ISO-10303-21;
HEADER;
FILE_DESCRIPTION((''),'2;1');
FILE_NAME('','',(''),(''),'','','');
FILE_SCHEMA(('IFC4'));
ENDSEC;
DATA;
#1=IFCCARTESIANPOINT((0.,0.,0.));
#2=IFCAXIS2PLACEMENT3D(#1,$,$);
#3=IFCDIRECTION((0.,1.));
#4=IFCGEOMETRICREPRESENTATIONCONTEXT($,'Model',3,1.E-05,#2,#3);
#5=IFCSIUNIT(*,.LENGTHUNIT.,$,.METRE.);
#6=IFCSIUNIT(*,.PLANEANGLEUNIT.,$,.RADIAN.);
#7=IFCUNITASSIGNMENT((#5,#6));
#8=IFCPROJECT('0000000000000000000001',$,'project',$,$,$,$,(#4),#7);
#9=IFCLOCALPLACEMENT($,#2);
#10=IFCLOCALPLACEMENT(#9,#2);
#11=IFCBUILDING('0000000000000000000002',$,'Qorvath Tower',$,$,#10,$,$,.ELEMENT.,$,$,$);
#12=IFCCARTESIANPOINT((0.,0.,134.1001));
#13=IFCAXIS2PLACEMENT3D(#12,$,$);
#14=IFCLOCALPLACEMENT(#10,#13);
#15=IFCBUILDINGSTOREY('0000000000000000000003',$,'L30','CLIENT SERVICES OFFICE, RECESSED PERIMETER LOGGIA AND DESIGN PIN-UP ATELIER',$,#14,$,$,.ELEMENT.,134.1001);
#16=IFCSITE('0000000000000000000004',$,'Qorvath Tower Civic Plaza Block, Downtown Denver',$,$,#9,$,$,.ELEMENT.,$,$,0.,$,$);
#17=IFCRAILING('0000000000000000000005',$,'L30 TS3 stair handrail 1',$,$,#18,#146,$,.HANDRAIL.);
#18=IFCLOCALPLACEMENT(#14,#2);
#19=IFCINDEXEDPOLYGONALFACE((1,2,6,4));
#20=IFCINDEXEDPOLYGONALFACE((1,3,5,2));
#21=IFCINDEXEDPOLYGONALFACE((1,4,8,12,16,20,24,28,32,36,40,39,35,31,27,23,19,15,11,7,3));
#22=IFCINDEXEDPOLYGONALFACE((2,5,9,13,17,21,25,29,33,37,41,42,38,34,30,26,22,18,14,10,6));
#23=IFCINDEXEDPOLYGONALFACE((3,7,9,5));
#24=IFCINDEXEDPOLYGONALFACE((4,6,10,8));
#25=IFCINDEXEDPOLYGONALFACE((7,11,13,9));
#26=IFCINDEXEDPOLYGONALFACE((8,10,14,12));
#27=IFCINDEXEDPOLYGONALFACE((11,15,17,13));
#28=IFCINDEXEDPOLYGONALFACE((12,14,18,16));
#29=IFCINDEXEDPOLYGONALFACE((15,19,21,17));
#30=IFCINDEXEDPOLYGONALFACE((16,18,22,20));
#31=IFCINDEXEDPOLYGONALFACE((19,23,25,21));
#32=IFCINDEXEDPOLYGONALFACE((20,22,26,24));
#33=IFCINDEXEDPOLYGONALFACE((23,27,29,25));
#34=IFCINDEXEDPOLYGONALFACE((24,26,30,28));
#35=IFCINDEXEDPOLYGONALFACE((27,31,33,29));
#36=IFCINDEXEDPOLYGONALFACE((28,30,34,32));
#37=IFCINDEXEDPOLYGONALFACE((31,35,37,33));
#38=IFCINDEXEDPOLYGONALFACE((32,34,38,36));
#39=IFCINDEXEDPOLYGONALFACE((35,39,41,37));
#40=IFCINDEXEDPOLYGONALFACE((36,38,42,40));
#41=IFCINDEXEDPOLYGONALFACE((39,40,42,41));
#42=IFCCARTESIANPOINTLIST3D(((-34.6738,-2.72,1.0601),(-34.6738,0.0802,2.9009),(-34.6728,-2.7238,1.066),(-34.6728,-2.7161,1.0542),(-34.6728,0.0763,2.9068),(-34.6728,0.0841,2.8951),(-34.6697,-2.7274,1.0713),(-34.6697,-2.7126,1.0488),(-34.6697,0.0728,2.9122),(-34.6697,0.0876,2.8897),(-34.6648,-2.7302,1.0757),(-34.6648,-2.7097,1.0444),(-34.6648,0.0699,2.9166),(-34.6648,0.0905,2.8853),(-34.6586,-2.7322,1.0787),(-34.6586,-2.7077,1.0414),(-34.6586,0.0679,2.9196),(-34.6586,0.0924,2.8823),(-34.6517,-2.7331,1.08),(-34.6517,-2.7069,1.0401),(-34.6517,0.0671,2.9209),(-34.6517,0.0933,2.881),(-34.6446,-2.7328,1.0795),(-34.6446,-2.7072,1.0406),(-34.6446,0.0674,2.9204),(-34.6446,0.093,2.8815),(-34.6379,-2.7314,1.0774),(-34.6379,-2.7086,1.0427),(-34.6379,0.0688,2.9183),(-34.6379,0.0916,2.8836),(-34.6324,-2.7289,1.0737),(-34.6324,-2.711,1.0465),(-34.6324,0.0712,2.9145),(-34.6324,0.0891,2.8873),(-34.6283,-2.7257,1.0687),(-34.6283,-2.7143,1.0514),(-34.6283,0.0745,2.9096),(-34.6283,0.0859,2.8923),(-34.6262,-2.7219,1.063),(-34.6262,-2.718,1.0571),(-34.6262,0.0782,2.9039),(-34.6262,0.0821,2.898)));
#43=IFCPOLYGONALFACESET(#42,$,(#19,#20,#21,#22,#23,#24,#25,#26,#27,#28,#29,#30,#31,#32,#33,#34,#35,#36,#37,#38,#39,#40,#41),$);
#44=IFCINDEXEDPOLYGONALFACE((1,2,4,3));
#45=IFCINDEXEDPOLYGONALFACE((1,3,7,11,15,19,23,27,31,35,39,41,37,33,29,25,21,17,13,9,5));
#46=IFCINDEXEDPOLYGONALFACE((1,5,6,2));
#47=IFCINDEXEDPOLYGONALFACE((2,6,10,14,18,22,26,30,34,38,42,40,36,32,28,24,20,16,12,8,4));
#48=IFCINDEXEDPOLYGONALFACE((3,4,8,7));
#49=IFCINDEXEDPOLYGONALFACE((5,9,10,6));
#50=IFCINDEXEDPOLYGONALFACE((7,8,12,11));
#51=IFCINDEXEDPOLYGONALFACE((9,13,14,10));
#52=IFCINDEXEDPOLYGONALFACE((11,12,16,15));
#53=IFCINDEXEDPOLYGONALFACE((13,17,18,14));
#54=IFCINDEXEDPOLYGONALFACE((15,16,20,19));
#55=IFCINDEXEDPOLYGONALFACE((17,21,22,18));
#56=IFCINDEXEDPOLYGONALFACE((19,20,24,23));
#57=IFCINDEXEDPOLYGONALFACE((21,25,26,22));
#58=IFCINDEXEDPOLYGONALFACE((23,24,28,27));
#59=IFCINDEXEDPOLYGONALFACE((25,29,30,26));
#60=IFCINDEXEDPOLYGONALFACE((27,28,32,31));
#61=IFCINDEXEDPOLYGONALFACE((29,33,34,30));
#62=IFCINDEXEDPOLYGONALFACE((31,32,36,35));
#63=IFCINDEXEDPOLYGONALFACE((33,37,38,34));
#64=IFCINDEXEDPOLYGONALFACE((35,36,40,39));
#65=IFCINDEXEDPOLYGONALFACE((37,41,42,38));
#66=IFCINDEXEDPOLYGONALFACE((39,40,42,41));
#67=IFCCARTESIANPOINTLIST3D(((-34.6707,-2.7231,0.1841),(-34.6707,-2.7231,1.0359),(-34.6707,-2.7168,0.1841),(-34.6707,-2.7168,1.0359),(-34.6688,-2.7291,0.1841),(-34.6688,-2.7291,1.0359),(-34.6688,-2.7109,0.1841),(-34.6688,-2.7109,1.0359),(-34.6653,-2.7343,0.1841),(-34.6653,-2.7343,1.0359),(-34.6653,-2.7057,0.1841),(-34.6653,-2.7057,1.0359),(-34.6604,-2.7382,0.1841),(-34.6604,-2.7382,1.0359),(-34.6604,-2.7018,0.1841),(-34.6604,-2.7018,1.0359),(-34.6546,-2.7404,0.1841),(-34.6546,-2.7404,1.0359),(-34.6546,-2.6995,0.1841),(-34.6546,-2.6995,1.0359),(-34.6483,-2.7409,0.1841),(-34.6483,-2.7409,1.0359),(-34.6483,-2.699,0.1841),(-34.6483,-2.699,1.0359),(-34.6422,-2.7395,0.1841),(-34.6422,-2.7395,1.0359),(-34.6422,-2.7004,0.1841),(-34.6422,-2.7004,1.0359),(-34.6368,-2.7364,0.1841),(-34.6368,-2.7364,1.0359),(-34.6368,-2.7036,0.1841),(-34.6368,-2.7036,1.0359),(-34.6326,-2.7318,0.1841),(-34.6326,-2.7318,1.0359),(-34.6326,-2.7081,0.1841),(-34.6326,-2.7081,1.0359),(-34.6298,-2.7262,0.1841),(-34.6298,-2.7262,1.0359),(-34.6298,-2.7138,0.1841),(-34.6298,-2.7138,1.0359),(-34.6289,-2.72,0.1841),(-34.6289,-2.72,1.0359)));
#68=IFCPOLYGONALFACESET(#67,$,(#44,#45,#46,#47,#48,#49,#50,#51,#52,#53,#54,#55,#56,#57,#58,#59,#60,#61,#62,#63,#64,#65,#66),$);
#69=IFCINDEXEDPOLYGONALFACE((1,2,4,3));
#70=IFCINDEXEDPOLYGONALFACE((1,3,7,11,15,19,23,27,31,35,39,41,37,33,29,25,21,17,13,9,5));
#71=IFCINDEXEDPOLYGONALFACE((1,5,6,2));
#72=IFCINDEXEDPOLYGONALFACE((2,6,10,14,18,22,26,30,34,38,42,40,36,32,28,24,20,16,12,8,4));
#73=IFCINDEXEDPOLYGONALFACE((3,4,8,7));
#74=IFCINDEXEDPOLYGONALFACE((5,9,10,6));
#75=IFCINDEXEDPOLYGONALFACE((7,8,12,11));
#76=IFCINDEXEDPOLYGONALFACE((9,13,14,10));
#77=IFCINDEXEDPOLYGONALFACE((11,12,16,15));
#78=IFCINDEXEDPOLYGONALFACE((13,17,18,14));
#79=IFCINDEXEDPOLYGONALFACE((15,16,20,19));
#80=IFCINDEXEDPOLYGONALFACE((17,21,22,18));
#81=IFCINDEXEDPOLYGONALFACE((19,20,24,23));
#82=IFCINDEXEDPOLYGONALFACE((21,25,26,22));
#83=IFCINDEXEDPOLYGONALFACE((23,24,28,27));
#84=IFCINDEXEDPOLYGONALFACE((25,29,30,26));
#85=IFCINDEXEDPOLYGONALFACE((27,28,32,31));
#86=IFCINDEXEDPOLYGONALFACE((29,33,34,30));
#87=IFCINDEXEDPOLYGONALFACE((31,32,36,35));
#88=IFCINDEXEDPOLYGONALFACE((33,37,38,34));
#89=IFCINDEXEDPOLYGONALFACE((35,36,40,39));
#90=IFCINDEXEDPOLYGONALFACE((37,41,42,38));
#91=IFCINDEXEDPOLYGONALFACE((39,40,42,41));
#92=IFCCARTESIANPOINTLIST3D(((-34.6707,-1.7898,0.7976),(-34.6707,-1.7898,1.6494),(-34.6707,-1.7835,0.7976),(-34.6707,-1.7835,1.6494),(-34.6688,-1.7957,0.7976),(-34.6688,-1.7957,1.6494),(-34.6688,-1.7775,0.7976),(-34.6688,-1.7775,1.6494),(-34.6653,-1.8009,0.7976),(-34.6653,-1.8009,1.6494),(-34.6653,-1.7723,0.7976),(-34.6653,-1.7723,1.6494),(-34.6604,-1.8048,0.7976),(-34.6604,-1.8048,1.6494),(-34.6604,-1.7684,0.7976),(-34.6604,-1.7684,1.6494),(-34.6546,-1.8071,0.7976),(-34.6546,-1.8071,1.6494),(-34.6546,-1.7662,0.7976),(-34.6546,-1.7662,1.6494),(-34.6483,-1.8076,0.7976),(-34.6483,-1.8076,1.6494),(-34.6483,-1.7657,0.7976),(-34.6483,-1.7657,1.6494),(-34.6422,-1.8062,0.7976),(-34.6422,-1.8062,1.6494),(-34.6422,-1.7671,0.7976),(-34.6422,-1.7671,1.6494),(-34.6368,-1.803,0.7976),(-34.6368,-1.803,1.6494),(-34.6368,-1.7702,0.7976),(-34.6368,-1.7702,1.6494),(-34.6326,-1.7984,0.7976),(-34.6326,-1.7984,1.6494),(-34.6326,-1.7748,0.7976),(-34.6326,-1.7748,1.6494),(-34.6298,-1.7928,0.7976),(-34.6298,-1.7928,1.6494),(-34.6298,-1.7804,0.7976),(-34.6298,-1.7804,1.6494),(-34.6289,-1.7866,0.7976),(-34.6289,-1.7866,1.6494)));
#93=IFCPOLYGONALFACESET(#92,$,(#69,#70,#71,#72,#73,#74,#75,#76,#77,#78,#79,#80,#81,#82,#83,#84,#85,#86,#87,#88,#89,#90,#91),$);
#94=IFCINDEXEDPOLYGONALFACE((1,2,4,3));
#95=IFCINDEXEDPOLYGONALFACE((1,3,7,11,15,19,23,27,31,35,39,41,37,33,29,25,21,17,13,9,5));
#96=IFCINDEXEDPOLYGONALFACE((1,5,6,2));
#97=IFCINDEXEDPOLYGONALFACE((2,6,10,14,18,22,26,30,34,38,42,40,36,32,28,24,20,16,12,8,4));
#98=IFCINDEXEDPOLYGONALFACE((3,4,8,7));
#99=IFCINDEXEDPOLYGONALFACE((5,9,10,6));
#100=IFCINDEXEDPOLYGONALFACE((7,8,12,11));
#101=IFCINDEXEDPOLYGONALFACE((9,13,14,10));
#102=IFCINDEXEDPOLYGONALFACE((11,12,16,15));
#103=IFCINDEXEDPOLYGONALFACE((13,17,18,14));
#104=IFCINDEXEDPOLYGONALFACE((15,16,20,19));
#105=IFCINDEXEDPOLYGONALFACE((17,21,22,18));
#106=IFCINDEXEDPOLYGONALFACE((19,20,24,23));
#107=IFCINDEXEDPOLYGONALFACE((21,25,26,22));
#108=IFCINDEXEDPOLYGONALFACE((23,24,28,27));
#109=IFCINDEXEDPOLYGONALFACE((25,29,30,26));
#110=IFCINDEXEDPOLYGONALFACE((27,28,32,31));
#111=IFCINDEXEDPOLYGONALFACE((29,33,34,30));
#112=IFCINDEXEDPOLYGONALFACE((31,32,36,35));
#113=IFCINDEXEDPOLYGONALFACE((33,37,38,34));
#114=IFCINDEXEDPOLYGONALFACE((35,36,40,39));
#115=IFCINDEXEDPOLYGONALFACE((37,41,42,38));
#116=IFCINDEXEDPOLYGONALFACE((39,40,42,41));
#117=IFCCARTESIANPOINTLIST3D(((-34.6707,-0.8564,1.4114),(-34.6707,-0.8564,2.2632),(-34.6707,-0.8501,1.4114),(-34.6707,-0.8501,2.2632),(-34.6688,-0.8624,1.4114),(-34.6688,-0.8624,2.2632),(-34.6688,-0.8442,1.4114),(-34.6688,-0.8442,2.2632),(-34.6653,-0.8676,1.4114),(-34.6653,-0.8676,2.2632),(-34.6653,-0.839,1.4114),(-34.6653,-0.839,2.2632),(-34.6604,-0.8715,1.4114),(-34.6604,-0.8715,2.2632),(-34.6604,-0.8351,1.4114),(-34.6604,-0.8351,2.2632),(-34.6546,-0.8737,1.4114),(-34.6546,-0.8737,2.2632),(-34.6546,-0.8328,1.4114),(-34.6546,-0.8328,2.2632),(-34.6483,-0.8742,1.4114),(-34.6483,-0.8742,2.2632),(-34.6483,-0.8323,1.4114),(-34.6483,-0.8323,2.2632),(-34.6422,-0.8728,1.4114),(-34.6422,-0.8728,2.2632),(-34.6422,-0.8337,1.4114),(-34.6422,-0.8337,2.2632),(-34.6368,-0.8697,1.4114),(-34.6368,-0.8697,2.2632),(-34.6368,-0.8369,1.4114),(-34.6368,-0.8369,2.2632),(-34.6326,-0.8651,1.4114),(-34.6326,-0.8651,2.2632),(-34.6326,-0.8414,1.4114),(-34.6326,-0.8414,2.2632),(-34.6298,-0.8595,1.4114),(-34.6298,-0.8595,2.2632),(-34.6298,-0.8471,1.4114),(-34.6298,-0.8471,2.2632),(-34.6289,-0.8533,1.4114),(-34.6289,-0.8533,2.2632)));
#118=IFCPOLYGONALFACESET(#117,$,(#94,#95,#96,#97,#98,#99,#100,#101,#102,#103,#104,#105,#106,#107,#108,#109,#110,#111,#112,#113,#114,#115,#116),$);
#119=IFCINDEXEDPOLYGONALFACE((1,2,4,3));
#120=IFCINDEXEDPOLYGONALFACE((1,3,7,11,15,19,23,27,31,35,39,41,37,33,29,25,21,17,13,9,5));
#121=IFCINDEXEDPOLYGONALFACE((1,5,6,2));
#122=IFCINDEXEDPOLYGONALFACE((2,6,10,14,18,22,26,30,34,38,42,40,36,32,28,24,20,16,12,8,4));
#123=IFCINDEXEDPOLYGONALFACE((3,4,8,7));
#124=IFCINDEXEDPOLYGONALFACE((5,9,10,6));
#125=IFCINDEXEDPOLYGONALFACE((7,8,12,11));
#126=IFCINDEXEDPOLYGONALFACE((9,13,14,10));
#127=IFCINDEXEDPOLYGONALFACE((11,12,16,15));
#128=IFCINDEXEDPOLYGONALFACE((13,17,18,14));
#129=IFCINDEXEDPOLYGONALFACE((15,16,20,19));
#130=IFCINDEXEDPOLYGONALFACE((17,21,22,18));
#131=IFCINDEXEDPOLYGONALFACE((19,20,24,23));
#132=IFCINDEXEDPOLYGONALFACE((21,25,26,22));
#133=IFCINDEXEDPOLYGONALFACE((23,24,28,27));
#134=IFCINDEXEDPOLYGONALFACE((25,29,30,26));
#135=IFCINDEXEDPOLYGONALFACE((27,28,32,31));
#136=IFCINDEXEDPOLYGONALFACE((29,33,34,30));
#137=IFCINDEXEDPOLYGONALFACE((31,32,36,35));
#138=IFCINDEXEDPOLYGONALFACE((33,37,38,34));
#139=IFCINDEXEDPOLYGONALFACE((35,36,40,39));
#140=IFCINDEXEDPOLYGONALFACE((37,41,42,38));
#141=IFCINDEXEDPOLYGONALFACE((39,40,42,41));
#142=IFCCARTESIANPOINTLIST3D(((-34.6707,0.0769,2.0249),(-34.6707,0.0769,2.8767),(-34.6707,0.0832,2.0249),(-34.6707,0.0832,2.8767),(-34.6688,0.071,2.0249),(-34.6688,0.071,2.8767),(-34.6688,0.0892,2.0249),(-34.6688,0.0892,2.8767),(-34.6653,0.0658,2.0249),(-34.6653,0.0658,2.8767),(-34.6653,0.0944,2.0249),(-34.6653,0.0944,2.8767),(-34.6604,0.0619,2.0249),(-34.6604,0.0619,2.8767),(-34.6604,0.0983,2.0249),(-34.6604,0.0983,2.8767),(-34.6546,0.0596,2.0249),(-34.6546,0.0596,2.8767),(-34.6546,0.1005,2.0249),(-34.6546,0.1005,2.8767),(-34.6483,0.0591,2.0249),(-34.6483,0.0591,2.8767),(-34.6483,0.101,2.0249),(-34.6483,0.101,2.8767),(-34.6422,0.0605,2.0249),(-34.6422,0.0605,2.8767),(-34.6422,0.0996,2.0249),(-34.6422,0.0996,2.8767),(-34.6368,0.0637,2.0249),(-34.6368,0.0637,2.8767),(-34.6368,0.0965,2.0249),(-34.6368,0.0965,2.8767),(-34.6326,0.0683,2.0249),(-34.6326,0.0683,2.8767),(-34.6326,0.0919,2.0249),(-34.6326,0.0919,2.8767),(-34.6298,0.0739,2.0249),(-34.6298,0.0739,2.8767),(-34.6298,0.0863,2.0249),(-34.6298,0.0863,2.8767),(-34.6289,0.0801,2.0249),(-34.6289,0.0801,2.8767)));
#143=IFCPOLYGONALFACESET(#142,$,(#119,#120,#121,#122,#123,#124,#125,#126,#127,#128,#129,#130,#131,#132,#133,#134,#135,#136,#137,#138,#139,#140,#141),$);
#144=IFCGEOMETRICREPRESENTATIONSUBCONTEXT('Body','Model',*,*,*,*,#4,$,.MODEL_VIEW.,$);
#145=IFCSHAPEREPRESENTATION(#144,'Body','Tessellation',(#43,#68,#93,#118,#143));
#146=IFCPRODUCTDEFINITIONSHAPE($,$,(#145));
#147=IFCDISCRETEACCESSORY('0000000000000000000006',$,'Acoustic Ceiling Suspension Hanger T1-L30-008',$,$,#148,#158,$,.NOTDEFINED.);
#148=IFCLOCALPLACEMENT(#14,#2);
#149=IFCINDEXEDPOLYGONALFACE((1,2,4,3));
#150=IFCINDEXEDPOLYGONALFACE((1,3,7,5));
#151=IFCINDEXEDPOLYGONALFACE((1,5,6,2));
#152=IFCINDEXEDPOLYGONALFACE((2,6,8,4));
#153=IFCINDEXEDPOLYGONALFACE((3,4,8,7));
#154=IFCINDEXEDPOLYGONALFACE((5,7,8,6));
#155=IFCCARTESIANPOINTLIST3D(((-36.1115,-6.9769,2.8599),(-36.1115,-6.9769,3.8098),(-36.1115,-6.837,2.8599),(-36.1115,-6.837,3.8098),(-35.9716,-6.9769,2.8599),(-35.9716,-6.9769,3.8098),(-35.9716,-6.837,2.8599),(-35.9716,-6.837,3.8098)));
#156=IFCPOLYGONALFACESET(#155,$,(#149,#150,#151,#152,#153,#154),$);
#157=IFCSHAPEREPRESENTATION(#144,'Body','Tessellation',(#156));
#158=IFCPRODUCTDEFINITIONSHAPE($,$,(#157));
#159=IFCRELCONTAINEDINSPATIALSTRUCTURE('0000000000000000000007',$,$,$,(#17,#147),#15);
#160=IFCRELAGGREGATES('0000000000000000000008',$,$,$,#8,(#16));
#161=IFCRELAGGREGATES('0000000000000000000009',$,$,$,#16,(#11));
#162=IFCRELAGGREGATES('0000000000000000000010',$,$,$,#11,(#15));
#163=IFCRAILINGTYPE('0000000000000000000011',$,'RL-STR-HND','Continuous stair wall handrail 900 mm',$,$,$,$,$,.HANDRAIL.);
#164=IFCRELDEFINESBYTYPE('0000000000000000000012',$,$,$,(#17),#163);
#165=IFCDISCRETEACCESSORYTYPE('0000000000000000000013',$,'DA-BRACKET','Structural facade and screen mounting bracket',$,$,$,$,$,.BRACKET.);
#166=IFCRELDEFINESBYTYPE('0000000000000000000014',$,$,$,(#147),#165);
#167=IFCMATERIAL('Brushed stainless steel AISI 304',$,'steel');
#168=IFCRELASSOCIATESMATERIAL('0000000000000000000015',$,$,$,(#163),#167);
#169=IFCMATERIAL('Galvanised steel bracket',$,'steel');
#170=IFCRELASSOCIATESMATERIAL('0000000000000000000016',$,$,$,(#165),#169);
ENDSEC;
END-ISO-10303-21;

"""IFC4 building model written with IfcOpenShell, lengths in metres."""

from ifc_helpers import new_model, si_unit, direction, frame, origin, origin_2d, place, context, subcontext, project, spatial, rectangle, circle, extrude, material, type_object, element, save


model = new_model("IFC4")

# Units and contexts
model_context = context("Model", 3, precision=1e-05, world=origin(), true_north=direction((0.0, 1.0)))
body_context = subcontext(model_context, "Body", "Model", "MODEL_VIEW")
ifc_project = project(units=[si_unit("LENGTHUNIT", "METRE"), si_unit("PLANEANGLEUNIT", "RADIAN")], contexts=[model_context])

# Site, building, storey
site_placement = place(None, origin())
site = spatial("IfcSite", under=ifc_project, at=site_placement, Name="Qorvath Tower Civic Plaza Block, Downtown Denver", CompositionType="ELEMENT", RefElevation=0.0)
building_placement = place(site_placement, origin())
building = spatial("IfcBuilding", under=site, at=building_placement, Name="Qorvath Tower", CompositionType="ELEMENT")
storey_placement = place(building_placement, frame((0.0, 0.0, 134.1001)))
storey = spatial("IfcBuildingStorey", under=building, at=storey_placement, Name="L30", Description="CLIENT SERVICES OFFICE, RECESSED PERIMETER LOGGIA AND DESIGN PIN-UP ATELIER", CompositionType="ELEMENT", Elevation=134.1001)

# Railing
ifc_material_1 = material(Name="Brushed stainless steel AISI 304", Category="steel")
railing_type_1 = type_object("IfcRailingType", Name="RL-STR-HND", Description="Continuous stair wall handrail 900 mm", PredefinedType="HANDRAIL", material=ifc_material_1)
railing_1_placement = place(storey_placement, frame((-34.6499, -2.72, 0.1841)))
element("IfcRailing", 1, at=railing_1_placement, inside=storey, type_object=railing_type_1, Name="L30 TS3 stair handrail 1", PredefinedType="HANDRAIL", context=body_context, shape_type="SweptSolid", body=[
    extrude(circle(Radius=0.0239, at=origin_2d()), frame((0.0, 0.0, 0.876), z_axis=(0.0, 0.835598, 0.549342), x_axis=(-1.0, 0.0, 0.0)), (0.0, 0.0, 1.0), 3.3511),
    extrude(circle(Radius=0.021, at=origin_2d()), origin(), (0.0, 0.0, 1.0), 0.8518),
    extrude(circle(Radius=0.021, at=origin_2d()), frame((0.0, 0.9333, 0.6135)), (0.0, 0.0, 1.0), 0.8518),
    extrude(circle(Radius=0.021, at=origin_2d()), frame((0.0, 1.8667, 1.2273)), (0.0, 0.0, 1.0), 0.8518),
    extrude(circle(Radius=0.021, at=origin_2d()), frame((0.0, 2.8, 1.8408)), (0.0, 0.0, 1.0), 0.8518),
])

# Discrete accessory
ifc_material_2 = material(Name="Galvanised steel bracket", Category="steel")
discrete_accessory_type = type_object("IfcDiscreteAccessoryType", Name="DA-BRACKET", Description="Structural facade and screen mounting bracket", PredefinedType="BRACKET", material=ifc_material_2)
discrete_accessory_placement = place(storey_placement, frame((-36.0415, -6.907, 2.8599), z_axis=(0.0, 0.0, 1.0), x_axis=(1.0, 0.0, 0.0)))
element("IfcDiscreteAccessory", 2, at=discrete_accessory_placement, inside=storey, type_object=discrete_accessory_type, Name="Acoustic Ceiling Suspension Hanger T1-L30-008", PredefinedType="NOTDEFINED", context=body_context, shape_type="SweptSolid", body=[
    extrude(rectangle(XDim=0.1399, YDim=0.1399, at=origin_2d()), origin(), (0.0, 0.0, 1.0), 0.95),
])

save(model, "model.ifc")
